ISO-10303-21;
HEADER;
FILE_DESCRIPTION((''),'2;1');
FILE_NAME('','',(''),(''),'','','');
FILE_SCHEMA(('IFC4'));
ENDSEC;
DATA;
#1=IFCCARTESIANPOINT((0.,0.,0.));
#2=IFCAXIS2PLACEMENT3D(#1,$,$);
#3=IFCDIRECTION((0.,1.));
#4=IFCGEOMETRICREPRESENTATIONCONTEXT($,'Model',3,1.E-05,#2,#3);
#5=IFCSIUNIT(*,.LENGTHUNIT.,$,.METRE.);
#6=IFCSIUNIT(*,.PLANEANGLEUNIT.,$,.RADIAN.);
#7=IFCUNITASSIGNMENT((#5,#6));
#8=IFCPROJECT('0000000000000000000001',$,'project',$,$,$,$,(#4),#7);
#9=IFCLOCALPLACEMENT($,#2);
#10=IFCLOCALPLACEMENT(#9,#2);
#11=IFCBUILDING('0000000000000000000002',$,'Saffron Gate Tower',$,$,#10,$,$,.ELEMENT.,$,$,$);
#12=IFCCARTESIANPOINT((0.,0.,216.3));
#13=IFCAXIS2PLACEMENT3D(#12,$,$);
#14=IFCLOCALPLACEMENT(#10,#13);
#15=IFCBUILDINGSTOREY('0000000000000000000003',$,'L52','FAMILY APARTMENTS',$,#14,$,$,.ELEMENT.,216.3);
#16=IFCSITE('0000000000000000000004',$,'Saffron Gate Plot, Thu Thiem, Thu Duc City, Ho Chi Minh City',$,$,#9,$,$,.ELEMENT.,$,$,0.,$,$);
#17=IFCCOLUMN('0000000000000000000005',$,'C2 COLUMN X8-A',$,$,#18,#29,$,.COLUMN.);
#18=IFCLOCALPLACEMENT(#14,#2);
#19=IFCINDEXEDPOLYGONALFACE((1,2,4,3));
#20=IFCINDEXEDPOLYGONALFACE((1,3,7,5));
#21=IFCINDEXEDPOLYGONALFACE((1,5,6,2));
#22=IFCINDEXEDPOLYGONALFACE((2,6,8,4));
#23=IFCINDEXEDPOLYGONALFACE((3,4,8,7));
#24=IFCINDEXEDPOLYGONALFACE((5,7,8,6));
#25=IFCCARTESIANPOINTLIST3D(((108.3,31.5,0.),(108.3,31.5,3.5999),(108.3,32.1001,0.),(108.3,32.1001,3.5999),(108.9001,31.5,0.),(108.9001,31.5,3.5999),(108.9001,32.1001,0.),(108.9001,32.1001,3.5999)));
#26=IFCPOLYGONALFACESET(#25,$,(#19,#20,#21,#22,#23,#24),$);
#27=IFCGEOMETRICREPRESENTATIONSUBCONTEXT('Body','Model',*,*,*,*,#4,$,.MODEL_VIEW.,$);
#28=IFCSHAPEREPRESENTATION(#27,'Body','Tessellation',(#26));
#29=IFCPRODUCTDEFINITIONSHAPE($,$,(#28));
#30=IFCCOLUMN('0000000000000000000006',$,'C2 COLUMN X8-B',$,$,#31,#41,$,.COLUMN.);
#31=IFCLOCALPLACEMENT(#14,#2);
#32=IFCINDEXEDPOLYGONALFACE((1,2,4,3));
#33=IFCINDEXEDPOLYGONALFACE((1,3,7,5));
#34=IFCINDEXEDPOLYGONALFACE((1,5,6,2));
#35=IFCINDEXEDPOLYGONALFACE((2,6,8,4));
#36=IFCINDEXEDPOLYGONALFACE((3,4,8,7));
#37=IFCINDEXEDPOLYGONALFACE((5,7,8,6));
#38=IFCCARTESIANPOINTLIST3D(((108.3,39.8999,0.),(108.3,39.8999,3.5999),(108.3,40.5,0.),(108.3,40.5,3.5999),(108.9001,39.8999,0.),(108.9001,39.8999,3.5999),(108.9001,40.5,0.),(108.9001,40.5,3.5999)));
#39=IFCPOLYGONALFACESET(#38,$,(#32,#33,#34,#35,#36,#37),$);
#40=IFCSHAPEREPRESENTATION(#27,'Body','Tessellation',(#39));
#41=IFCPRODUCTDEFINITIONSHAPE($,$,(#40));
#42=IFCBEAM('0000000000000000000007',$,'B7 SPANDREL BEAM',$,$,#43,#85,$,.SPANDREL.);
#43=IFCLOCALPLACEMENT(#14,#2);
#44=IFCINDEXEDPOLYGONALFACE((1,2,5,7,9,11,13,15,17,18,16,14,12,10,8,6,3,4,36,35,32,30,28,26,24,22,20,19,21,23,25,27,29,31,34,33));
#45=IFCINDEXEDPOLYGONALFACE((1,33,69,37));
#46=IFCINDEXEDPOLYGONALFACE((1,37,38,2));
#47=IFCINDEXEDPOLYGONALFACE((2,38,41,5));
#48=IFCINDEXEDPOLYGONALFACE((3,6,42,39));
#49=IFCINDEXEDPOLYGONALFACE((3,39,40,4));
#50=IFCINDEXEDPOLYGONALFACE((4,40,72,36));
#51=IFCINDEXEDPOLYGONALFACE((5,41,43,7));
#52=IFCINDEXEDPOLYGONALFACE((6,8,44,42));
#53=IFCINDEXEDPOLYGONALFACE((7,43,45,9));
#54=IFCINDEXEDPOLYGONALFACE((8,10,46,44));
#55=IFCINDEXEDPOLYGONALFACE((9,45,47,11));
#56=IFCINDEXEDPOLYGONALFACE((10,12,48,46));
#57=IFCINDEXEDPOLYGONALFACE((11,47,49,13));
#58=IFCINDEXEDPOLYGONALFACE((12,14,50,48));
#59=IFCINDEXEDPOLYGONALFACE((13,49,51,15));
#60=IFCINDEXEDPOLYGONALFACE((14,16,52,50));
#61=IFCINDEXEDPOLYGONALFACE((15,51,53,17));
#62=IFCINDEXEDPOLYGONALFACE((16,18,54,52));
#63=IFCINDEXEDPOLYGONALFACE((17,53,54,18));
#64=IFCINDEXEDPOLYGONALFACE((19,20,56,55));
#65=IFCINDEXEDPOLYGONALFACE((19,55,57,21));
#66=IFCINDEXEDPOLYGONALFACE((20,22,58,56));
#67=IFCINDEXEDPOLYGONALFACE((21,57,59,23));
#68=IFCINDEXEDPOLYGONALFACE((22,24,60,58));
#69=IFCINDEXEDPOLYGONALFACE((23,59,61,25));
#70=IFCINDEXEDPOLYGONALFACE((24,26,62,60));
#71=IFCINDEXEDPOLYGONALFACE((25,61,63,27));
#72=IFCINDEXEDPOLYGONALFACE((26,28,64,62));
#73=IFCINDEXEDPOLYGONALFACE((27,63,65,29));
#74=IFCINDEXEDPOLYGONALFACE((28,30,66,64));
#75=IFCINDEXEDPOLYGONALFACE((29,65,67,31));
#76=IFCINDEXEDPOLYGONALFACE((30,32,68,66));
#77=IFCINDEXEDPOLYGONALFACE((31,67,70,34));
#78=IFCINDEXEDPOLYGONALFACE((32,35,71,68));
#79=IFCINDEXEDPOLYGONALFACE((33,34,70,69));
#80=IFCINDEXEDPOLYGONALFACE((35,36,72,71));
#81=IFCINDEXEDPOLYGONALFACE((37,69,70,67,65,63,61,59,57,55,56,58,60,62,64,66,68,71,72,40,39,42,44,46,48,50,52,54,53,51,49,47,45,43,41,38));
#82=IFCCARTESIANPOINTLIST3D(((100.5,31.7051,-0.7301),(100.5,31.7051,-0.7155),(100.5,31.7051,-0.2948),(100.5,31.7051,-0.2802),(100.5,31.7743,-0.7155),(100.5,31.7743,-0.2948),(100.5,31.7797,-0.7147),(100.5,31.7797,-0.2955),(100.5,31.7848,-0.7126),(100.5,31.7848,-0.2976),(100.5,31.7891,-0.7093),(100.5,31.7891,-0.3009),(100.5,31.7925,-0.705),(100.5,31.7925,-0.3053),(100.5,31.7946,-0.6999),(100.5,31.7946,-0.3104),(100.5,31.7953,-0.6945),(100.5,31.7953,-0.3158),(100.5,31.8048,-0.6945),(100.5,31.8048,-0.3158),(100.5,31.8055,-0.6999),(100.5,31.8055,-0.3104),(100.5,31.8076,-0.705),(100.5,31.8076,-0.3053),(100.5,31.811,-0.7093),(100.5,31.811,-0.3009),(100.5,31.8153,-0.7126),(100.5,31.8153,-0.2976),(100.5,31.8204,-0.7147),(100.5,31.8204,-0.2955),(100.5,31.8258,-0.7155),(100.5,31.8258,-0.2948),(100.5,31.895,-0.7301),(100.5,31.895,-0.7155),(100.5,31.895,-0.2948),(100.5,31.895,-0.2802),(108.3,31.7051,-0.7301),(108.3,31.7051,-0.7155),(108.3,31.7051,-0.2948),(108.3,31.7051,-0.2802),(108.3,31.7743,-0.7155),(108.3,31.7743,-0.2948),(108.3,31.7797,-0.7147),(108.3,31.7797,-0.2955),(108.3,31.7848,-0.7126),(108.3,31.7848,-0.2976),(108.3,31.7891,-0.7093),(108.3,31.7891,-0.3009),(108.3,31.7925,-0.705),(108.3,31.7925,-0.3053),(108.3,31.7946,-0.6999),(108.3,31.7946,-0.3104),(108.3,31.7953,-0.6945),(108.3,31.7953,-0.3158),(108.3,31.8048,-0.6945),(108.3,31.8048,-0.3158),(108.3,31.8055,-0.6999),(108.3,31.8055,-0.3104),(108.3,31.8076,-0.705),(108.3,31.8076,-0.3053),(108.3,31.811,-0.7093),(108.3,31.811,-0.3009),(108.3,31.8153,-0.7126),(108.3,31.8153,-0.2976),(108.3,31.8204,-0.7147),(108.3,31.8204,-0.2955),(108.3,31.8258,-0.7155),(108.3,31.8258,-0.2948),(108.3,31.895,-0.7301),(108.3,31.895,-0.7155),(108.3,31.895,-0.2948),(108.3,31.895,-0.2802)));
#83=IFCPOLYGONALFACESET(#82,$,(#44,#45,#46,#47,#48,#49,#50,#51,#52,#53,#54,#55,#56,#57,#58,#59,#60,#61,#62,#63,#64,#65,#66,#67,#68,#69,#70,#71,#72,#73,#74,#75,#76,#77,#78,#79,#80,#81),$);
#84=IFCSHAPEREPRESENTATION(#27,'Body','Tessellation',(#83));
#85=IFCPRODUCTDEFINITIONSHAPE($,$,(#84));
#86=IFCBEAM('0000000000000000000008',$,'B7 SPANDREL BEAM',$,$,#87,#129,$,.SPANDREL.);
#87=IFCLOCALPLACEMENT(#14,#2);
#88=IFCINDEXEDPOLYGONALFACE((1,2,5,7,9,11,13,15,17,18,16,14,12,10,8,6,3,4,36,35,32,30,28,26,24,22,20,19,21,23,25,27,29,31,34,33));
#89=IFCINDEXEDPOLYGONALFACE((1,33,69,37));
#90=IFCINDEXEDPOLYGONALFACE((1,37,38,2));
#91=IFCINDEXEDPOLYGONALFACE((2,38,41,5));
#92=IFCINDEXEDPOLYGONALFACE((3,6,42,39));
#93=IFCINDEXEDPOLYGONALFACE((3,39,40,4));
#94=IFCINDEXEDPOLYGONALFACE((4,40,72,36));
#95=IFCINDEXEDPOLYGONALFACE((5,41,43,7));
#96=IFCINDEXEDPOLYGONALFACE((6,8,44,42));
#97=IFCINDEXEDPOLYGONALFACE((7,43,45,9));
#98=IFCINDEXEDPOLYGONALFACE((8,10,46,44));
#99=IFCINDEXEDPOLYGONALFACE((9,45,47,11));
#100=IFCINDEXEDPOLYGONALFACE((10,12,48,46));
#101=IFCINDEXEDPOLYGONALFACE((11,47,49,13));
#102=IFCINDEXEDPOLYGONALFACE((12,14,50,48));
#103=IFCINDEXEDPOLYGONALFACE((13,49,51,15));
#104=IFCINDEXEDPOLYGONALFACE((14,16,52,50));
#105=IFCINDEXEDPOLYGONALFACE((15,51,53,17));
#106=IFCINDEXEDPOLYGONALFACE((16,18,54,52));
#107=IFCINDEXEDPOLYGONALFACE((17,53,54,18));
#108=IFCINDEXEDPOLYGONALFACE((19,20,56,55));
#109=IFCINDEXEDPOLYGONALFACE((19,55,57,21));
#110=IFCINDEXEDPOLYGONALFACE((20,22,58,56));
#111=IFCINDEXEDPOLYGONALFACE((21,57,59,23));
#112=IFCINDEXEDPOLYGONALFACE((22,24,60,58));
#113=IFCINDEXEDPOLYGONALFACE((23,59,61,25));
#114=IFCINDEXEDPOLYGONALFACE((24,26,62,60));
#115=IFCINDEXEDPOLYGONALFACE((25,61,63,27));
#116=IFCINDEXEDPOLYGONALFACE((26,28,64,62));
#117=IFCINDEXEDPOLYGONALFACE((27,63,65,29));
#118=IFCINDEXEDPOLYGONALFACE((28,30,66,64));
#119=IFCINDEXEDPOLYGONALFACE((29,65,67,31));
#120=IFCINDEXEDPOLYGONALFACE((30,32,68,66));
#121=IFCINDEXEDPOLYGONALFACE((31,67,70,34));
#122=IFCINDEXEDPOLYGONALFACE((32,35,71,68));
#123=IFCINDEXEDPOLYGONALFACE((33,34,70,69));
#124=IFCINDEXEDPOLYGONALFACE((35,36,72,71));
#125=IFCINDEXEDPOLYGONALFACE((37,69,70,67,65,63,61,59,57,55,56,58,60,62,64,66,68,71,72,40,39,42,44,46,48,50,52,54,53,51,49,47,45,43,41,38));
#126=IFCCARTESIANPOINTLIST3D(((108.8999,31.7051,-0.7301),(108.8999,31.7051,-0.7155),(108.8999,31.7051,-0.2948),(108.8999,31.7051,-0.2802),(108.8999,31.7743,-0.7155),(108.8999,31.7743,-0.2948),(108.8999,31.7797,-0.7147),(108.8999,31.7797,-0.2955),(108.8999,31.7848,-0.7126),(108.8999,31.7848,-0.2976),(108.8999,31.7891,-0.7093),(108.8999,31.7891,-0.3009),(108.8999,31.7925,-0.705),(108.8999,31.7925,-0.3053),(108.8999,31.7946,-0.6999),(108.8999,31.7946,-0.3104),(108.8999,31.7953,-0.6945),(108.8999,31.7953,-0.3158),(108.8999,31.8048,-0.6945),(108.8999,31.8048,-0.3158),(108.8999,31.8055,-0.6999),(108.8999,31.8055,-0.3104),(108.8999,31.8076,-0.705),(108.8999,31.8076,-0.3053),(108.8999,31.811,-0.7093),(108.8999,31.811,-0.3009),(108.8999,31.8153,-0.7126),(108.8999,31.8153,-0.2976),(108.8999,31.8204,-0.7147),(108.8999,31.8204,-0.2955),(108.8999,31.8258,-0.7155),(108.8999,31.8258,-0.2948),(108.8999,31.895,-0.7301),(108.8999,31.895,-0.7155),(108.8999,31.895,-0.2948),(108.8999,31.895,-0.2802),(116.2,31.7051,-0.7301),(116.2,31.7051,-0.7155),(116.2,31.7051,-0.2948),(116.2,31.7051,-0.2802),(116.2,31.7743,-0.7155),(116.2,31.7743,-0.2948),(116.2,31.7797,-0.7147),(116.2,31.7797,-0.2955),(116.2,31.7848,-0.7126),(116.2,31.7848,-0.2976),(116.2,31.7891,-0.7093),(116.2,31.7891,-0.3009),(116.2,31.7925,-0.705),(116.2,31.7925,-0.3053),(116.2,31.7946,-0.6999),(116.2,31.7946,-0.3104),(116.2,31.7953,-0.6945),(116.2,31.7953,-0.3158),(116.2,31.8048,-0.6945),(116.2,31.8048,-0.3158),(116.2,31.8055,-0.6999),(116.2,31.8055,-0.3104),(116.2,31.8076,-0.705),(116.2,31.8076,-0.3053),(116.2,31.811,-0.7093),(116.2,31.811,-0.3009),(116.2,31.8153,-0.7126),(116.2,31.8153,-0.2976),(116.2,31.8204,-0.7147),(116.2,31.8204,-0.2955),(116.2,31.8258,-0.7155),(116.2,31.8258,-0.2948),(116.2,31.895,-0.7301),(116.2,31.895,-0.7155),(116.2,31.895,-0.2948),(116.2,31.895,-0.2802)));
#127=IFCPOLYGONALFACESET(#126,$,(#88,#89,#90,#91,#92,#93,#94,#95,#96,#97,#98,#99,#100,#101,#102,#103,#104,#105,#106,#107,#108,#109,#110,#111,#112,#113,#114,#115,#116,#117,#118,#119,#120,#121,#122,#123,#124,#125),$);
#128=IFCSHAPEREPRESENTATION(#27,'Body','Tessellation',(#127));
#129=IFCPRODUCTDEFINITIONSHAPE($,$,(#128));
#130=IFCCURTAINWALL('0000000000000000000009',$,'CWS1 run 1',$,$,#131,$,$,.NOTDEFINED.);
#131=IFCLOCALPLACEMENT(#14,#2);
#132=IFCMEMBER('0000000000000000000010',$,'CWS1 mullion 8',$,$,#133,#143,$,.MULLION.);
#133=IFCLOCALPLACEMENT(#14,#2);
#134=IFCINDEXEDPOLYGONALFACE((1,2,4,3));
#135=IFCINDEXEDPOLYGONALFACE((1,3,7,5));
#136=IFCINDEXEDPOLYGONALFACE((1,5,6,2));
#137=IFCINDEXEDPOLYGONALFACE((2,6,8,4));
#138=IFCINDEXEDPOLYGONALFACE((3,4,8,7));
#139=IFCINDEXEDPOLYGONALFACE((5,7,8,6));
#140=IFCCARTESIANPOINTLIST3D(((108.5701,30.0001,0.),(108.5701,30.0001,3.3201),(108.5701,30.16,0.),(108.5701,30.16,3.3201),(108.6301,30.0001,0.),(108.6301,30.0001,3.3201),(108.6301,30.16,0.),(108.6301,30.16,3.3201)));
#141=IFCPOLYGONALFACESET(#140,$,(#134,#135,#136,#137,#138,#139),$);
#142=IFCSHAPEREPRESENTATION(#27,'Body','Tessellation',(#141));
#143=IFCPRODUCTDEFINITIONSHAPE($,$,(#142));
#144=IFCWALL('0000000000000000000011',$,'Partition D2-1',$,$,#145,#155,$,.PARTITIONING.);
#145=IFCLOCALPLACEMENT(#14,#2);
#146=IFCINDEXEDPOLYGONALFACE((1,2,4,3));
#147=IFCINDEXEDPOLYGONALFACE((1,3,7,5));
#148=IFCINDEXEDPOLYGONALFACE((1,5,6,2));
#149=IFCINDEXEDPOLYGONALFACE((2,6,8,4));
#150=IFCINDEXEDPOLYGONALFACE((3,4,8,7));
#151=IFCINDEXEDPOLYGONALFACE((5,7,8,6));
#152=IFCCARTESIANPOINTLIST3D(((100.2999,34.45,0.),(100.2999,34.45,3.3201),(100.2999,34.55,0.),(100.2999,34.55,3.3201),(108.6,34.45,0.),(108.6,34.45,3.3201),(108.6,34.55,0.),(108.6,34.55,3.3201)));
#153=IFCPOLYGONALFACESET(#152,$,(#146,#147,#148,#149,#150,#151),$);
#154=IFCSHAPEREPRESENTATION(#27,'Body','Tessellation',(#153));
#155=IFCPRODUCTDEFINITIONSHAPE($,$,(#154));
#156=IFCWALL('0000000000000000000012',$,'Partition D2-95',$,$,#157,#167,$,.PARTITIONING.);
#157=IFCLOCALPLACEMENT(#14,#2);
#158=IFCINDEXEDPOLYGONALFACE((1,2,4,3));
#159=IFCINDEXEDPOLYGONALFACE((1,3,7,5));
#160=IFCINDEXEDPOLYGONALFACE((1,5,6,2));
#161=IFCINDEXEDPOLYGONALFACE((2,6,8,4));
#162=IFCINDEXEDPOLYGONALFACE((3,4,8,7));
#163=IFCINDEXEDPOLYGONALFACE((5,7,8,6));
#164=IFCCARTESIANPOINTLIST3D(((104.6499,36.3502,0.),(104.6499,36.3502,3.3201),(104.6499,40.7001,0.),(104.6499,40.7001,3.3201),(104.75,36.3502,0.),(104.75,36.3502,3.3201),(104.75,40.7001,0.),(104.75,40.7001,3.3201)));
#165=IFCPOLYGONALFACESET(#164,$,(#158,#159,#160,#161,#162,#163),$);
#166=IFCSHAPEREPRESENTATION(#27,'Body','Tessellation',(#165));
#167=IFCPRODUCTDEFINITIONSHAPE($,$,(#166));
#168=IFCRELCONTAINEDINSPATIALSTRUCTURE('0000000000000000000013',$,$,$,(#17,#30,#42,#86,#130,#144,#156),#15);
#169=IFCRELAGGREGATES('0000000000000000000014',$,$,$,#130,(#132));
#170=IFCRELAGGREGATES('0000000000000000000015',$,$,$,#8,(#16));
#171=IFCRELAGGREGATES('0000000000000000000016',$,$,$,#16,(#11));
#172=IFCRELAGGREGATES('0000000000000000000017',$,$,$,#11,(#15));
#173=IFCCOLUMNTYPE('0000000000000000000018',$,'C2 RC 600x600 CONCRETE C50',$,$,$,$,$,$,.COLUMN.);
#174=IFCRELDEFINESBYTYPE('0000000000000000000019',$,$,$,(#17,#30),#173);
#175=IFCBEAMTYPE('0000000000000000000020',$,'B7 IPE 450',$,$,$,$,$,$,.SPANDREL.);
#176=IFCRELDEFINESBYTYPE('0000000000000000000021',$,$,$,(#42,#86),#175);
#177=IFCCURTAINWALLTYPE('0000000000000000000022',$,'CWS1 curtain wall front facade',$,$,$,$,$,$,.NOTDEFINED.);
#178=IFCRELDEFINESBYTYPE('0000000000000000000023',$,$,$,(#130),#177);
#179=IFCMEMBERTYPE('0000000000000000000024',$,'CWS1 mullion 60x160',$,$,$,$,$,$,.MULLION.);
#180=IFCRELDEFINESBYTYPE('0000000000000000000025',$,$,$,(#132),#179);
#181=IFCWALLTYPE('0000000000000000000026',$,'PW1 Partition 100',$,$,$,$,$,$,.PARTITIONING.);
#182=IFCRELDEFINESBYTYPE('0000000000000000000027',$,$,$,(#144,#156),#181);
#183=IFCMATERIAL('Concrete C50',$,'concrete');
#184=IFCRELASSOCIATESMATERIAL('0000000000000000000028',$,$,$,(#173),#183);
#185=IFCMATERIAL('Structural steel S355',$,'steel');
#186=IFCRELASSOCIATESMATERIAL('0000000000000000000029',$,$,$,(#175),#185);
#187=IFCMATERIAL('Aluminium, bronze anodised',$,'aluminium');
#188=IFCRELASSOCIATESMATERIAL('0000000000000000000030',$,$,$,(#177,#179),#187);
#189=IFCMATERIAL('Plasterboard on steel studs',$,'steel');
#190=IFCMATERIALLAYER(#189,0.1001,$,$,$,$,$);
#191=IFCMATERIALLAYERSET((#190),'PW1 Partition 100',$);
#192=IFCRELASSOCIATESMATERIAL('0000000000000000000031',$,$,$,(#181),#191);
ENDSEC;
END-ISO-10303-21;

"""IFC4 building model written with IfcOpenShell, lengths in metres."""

from ifc_helpers import new_model, si_unit, direction, frame, frame_2d, origin, origin_2d, place, context, subcontext, project, spatial, rectangle, i_section, extrude, material, layer, layer_set, material_profile, profile_set, type_object, element, aggregate, save


model = new_model("IFC4")

# Units and contexts
model_context = context("Model", 3, precision=1e-05, world=origin(), true_north=direction((0.0, 1.0)))
body_context = subcontext(model_context, "Body", "Model", "MODEL_VIEW")
ifc_project = project(units=[si_unit("LENGTHUNIT", "METRE"), si_unit("PLANEANGLEUNIT", "RADIAN")], contexts=[model_context])

# Site, building, storey
site_placement = place(None, origin())
site = spatial("IfcSite", under=ifc_project, at=site_placement, Name="Saffron Gate Plot, Thu Thiem, Thu Duc City, Ho Chi Minh City", CompositionType="ELEMENT", RefElevation=0.0)
building_placement = place(site_placement, origin())
building = spatial("IfcBuilding", under=site, at=building_placement, Name="Saffron Gate Tower", CompositionType="ELEMENT")
storey_placement = place(building_placement, frame((0.0, 0.0, 216.3)))
storey = spatial("IfcBuildingStorey", under=building, at=storey_placement, Name="L52", Description="FAMILY APARTMENTS", CompositionType="ELEMENT", Elevation=216.3)

# Columns
ifc_material_1 = material(Name="Concrete C50", Category="concrete")
ifc_material_profile_1 = material_profile(ifc_material_1, rectangle(XDim=0.6001, YDim=0.6001, at=origin_2d()))
ifc_profile_set_1 = profile_set([ifc_material_profile_1], Name="Concrete C50")
column_type = type_object("IfcColumnType", Name="C2 RC 600x600 CONCRETE C50", PredefinedType="COLUMN", material=ifc_profile_set_1)
for number, where, z_axis, x_axis, name in (
    (1, (108.6001, 31.8, 0.0), (0.0, 0.0, 1.0), (1.0, 0.0, 0.0), "C2 COLUMN X8-A"),
    (2, (108.6001, 40.2, 0.0), (0.0, 0.0, 1.0), (1.0, 0.0, 0.0), "C2 COLUMN X8-B"),
):
    element("IfcColumn", number, at=place(storey_placement, frame(where, z_axis=z_axis, x_axis=x_axis)), inside=storey, type_object=column_type, Name=name, PredefinedType="COLUMN", context=body_context, shape_type="SweptSolid", body=[
        extrude(rectangle(XDim=0.6001, YDim=0.6001, at=origin_2d()), origin(), (0.0, 0.0, 1.0), 3.5999),
    ])

# Beams
ifc_material_2 = material(Name="Structural steel S355", Category="steel")
ifc_material_profile_2 = material_profile(ifc_material_2, i_section(OverallWidth=0.1899, OverallDepth=0.45, WebThickness=0.0095, FlangeThickness=0.0146, FilletRadius=0.021, at=origin_2d()))
ifc_profile_set_2 = profile_set([ifc_material_profile_2], Name="Structural steel S355")
beam_type = type_object("IfcBeamType", Name="B7 IPE 450", PredefinedType="SPANDREL", material=ifc_profile_set_2)
beam_1_placement = place(storey_placement, frame((100.5, 31.8, -0.5051), z_axis=(1.0, 0.0, 0.0), x_axis=(0.0, 1.0, 0.0)))
element("IfcBeam", 3, at=beam_1_placement, inside=storey, type_object=beam_type, Name="B7 SPANDREL BEAM", PredefinedType="SPANDREL", context=body_context, shape_type="SweptSolid", body=[
    extrude(i_section(OverallWidth=0.1899, OverallDepth=0.45, WebThickness=0.0095, FlangeThickness=0.0146, FilletRadius=0.021, at=origin_2d()), origin(), (0.0, 0.0, 1.0), 7.8),
])
beam_2_placement = place(storey_placement, frame((108.8999, 31.8, -0.5051), z_axis=(1.0, 0.0, 0.0), x_axis=(0.0, 1.0, 0.0)))
element("IfcBeam", 4, at=beam_2_placement, inside=storey, type_object=beam_type, Name="B7 SPANDREL BEAM", PredefinedType="SPANDREL", context=body_context, shape_type="SweptSolid", body=[
    extrude(i_section(OverallWidth=0.1899, OverallDepth=0.45, WebThickness=0.0095, FlangeThickness=0.0146, FilletRadius=0.021, at=origin_2d()), origin(), (0.0, 0.0, 1.0), 7.3),
])

# Curtain wall, member
ifc_material_3 = material(Name="Aluminium, bronze anodised", Category="aluminium")
curtain_wall_type = type_object("IfcCurtainWallType", Name="CWS1 curtain wall front facade", PredefinedType="NOTDEFINED", material=ifc_material_3)
curtain_wall_placement = place(storey_placement, origin())
curtain_wall = element("IfcCurtainWall", 5, at=curtain_wall_placement, inside=storey, type_object=curtain_wall_type, Name="CWS1 run 1", PredefinedType="NOTDEFINED")
ifc_material_profile_3 = material_profile(ifc_material_3, rectangle(XDim=0.1599, YDim=0.0601, at=origin_2d()))
ifc_profile_set_3 = profile_set([ifc_material_profile_3], Name="Aluminium, bronze anodised")
member_type = type_object("IfcMemberType", Name="CWS1 mullion 60x160", PredefinedType="MULLION", material=ifc_profile_set_3)
member_placement = place(storey_placement, frame((108.6001, 30.0801, 0.0), z_axis=(0.0, 0.0, 1.0), x_axis=(0.0, 1.0, 0.0)))
member = element("IfcMember", 6, at=member_placement, type_object=member_type, Name="CWS1 mullion 8", PredefinedType="MULLION", context=body_context, shape_type="SweptSolid", body=[
    extrude(rectangle(XDim=0.1599, YDim=0.0601, at=origin_2d()), origin(), (0.0, 0.0, 1.0), 3.3201),
])
aggregate(curtain_wall, [member])

# Walls
ifc_material_4 = material(Name="Plasterboard on steel studs", Category="steel")
ifc_layer_1 = layer(ifc_material_4, 0.1001)
ifc_layer_set_1 = layer_set([ifc_layer_1], Name="PW1 Partition 100")
wall_type_1 = type_object("IfcWallType", Name="PW1 Partition 100", PredefinedType="PARTITIONING", material=ifc_layer_set_1)
wall_1_placement = place(storey_placement, frame((100.3, 34.5, 0.0), z_axis=(0.0, 0.0, 1.0), x_axis=(1.0, 0.0, 0.0)))
element("IfcWall", 7, at=wall_1_placement, inside=storey, type_object=wall_type_1, Name="Partition D2-1", PredefinedType="PARTITIONING", context=body_context, shape_type="SweptSolid", body=[
    extrude(rectangle(XDim=8.3, YDim=0.1001, at=frame_2d((4.1499, 0.0))), origin(), (0.0, 0.0, 1.0), 3.3201),
])
wall_2_placement = place(storey_placement, frame((104.7, 40.7, 0.0), z_axis=(0.0, 0.0, 1.0), x_axis=(0.0, -1.0, 0.0)))
element("IfcWall", 8, at=wall_2_placement, inside=storey, type_object=wall_type_1, Name="Partition D2-95", PredefinedType="PARTITIONING", context=body_context, shape_type="SweptSolid", body=[
    extrude(rectangle(XDim=4.3499, YDim=0.1001, at=frame_2d((2.1748, 0.0))), origin(), (0.0, 0.0, 1.0), 3.3201),
])

save(model, "model.ifc")
